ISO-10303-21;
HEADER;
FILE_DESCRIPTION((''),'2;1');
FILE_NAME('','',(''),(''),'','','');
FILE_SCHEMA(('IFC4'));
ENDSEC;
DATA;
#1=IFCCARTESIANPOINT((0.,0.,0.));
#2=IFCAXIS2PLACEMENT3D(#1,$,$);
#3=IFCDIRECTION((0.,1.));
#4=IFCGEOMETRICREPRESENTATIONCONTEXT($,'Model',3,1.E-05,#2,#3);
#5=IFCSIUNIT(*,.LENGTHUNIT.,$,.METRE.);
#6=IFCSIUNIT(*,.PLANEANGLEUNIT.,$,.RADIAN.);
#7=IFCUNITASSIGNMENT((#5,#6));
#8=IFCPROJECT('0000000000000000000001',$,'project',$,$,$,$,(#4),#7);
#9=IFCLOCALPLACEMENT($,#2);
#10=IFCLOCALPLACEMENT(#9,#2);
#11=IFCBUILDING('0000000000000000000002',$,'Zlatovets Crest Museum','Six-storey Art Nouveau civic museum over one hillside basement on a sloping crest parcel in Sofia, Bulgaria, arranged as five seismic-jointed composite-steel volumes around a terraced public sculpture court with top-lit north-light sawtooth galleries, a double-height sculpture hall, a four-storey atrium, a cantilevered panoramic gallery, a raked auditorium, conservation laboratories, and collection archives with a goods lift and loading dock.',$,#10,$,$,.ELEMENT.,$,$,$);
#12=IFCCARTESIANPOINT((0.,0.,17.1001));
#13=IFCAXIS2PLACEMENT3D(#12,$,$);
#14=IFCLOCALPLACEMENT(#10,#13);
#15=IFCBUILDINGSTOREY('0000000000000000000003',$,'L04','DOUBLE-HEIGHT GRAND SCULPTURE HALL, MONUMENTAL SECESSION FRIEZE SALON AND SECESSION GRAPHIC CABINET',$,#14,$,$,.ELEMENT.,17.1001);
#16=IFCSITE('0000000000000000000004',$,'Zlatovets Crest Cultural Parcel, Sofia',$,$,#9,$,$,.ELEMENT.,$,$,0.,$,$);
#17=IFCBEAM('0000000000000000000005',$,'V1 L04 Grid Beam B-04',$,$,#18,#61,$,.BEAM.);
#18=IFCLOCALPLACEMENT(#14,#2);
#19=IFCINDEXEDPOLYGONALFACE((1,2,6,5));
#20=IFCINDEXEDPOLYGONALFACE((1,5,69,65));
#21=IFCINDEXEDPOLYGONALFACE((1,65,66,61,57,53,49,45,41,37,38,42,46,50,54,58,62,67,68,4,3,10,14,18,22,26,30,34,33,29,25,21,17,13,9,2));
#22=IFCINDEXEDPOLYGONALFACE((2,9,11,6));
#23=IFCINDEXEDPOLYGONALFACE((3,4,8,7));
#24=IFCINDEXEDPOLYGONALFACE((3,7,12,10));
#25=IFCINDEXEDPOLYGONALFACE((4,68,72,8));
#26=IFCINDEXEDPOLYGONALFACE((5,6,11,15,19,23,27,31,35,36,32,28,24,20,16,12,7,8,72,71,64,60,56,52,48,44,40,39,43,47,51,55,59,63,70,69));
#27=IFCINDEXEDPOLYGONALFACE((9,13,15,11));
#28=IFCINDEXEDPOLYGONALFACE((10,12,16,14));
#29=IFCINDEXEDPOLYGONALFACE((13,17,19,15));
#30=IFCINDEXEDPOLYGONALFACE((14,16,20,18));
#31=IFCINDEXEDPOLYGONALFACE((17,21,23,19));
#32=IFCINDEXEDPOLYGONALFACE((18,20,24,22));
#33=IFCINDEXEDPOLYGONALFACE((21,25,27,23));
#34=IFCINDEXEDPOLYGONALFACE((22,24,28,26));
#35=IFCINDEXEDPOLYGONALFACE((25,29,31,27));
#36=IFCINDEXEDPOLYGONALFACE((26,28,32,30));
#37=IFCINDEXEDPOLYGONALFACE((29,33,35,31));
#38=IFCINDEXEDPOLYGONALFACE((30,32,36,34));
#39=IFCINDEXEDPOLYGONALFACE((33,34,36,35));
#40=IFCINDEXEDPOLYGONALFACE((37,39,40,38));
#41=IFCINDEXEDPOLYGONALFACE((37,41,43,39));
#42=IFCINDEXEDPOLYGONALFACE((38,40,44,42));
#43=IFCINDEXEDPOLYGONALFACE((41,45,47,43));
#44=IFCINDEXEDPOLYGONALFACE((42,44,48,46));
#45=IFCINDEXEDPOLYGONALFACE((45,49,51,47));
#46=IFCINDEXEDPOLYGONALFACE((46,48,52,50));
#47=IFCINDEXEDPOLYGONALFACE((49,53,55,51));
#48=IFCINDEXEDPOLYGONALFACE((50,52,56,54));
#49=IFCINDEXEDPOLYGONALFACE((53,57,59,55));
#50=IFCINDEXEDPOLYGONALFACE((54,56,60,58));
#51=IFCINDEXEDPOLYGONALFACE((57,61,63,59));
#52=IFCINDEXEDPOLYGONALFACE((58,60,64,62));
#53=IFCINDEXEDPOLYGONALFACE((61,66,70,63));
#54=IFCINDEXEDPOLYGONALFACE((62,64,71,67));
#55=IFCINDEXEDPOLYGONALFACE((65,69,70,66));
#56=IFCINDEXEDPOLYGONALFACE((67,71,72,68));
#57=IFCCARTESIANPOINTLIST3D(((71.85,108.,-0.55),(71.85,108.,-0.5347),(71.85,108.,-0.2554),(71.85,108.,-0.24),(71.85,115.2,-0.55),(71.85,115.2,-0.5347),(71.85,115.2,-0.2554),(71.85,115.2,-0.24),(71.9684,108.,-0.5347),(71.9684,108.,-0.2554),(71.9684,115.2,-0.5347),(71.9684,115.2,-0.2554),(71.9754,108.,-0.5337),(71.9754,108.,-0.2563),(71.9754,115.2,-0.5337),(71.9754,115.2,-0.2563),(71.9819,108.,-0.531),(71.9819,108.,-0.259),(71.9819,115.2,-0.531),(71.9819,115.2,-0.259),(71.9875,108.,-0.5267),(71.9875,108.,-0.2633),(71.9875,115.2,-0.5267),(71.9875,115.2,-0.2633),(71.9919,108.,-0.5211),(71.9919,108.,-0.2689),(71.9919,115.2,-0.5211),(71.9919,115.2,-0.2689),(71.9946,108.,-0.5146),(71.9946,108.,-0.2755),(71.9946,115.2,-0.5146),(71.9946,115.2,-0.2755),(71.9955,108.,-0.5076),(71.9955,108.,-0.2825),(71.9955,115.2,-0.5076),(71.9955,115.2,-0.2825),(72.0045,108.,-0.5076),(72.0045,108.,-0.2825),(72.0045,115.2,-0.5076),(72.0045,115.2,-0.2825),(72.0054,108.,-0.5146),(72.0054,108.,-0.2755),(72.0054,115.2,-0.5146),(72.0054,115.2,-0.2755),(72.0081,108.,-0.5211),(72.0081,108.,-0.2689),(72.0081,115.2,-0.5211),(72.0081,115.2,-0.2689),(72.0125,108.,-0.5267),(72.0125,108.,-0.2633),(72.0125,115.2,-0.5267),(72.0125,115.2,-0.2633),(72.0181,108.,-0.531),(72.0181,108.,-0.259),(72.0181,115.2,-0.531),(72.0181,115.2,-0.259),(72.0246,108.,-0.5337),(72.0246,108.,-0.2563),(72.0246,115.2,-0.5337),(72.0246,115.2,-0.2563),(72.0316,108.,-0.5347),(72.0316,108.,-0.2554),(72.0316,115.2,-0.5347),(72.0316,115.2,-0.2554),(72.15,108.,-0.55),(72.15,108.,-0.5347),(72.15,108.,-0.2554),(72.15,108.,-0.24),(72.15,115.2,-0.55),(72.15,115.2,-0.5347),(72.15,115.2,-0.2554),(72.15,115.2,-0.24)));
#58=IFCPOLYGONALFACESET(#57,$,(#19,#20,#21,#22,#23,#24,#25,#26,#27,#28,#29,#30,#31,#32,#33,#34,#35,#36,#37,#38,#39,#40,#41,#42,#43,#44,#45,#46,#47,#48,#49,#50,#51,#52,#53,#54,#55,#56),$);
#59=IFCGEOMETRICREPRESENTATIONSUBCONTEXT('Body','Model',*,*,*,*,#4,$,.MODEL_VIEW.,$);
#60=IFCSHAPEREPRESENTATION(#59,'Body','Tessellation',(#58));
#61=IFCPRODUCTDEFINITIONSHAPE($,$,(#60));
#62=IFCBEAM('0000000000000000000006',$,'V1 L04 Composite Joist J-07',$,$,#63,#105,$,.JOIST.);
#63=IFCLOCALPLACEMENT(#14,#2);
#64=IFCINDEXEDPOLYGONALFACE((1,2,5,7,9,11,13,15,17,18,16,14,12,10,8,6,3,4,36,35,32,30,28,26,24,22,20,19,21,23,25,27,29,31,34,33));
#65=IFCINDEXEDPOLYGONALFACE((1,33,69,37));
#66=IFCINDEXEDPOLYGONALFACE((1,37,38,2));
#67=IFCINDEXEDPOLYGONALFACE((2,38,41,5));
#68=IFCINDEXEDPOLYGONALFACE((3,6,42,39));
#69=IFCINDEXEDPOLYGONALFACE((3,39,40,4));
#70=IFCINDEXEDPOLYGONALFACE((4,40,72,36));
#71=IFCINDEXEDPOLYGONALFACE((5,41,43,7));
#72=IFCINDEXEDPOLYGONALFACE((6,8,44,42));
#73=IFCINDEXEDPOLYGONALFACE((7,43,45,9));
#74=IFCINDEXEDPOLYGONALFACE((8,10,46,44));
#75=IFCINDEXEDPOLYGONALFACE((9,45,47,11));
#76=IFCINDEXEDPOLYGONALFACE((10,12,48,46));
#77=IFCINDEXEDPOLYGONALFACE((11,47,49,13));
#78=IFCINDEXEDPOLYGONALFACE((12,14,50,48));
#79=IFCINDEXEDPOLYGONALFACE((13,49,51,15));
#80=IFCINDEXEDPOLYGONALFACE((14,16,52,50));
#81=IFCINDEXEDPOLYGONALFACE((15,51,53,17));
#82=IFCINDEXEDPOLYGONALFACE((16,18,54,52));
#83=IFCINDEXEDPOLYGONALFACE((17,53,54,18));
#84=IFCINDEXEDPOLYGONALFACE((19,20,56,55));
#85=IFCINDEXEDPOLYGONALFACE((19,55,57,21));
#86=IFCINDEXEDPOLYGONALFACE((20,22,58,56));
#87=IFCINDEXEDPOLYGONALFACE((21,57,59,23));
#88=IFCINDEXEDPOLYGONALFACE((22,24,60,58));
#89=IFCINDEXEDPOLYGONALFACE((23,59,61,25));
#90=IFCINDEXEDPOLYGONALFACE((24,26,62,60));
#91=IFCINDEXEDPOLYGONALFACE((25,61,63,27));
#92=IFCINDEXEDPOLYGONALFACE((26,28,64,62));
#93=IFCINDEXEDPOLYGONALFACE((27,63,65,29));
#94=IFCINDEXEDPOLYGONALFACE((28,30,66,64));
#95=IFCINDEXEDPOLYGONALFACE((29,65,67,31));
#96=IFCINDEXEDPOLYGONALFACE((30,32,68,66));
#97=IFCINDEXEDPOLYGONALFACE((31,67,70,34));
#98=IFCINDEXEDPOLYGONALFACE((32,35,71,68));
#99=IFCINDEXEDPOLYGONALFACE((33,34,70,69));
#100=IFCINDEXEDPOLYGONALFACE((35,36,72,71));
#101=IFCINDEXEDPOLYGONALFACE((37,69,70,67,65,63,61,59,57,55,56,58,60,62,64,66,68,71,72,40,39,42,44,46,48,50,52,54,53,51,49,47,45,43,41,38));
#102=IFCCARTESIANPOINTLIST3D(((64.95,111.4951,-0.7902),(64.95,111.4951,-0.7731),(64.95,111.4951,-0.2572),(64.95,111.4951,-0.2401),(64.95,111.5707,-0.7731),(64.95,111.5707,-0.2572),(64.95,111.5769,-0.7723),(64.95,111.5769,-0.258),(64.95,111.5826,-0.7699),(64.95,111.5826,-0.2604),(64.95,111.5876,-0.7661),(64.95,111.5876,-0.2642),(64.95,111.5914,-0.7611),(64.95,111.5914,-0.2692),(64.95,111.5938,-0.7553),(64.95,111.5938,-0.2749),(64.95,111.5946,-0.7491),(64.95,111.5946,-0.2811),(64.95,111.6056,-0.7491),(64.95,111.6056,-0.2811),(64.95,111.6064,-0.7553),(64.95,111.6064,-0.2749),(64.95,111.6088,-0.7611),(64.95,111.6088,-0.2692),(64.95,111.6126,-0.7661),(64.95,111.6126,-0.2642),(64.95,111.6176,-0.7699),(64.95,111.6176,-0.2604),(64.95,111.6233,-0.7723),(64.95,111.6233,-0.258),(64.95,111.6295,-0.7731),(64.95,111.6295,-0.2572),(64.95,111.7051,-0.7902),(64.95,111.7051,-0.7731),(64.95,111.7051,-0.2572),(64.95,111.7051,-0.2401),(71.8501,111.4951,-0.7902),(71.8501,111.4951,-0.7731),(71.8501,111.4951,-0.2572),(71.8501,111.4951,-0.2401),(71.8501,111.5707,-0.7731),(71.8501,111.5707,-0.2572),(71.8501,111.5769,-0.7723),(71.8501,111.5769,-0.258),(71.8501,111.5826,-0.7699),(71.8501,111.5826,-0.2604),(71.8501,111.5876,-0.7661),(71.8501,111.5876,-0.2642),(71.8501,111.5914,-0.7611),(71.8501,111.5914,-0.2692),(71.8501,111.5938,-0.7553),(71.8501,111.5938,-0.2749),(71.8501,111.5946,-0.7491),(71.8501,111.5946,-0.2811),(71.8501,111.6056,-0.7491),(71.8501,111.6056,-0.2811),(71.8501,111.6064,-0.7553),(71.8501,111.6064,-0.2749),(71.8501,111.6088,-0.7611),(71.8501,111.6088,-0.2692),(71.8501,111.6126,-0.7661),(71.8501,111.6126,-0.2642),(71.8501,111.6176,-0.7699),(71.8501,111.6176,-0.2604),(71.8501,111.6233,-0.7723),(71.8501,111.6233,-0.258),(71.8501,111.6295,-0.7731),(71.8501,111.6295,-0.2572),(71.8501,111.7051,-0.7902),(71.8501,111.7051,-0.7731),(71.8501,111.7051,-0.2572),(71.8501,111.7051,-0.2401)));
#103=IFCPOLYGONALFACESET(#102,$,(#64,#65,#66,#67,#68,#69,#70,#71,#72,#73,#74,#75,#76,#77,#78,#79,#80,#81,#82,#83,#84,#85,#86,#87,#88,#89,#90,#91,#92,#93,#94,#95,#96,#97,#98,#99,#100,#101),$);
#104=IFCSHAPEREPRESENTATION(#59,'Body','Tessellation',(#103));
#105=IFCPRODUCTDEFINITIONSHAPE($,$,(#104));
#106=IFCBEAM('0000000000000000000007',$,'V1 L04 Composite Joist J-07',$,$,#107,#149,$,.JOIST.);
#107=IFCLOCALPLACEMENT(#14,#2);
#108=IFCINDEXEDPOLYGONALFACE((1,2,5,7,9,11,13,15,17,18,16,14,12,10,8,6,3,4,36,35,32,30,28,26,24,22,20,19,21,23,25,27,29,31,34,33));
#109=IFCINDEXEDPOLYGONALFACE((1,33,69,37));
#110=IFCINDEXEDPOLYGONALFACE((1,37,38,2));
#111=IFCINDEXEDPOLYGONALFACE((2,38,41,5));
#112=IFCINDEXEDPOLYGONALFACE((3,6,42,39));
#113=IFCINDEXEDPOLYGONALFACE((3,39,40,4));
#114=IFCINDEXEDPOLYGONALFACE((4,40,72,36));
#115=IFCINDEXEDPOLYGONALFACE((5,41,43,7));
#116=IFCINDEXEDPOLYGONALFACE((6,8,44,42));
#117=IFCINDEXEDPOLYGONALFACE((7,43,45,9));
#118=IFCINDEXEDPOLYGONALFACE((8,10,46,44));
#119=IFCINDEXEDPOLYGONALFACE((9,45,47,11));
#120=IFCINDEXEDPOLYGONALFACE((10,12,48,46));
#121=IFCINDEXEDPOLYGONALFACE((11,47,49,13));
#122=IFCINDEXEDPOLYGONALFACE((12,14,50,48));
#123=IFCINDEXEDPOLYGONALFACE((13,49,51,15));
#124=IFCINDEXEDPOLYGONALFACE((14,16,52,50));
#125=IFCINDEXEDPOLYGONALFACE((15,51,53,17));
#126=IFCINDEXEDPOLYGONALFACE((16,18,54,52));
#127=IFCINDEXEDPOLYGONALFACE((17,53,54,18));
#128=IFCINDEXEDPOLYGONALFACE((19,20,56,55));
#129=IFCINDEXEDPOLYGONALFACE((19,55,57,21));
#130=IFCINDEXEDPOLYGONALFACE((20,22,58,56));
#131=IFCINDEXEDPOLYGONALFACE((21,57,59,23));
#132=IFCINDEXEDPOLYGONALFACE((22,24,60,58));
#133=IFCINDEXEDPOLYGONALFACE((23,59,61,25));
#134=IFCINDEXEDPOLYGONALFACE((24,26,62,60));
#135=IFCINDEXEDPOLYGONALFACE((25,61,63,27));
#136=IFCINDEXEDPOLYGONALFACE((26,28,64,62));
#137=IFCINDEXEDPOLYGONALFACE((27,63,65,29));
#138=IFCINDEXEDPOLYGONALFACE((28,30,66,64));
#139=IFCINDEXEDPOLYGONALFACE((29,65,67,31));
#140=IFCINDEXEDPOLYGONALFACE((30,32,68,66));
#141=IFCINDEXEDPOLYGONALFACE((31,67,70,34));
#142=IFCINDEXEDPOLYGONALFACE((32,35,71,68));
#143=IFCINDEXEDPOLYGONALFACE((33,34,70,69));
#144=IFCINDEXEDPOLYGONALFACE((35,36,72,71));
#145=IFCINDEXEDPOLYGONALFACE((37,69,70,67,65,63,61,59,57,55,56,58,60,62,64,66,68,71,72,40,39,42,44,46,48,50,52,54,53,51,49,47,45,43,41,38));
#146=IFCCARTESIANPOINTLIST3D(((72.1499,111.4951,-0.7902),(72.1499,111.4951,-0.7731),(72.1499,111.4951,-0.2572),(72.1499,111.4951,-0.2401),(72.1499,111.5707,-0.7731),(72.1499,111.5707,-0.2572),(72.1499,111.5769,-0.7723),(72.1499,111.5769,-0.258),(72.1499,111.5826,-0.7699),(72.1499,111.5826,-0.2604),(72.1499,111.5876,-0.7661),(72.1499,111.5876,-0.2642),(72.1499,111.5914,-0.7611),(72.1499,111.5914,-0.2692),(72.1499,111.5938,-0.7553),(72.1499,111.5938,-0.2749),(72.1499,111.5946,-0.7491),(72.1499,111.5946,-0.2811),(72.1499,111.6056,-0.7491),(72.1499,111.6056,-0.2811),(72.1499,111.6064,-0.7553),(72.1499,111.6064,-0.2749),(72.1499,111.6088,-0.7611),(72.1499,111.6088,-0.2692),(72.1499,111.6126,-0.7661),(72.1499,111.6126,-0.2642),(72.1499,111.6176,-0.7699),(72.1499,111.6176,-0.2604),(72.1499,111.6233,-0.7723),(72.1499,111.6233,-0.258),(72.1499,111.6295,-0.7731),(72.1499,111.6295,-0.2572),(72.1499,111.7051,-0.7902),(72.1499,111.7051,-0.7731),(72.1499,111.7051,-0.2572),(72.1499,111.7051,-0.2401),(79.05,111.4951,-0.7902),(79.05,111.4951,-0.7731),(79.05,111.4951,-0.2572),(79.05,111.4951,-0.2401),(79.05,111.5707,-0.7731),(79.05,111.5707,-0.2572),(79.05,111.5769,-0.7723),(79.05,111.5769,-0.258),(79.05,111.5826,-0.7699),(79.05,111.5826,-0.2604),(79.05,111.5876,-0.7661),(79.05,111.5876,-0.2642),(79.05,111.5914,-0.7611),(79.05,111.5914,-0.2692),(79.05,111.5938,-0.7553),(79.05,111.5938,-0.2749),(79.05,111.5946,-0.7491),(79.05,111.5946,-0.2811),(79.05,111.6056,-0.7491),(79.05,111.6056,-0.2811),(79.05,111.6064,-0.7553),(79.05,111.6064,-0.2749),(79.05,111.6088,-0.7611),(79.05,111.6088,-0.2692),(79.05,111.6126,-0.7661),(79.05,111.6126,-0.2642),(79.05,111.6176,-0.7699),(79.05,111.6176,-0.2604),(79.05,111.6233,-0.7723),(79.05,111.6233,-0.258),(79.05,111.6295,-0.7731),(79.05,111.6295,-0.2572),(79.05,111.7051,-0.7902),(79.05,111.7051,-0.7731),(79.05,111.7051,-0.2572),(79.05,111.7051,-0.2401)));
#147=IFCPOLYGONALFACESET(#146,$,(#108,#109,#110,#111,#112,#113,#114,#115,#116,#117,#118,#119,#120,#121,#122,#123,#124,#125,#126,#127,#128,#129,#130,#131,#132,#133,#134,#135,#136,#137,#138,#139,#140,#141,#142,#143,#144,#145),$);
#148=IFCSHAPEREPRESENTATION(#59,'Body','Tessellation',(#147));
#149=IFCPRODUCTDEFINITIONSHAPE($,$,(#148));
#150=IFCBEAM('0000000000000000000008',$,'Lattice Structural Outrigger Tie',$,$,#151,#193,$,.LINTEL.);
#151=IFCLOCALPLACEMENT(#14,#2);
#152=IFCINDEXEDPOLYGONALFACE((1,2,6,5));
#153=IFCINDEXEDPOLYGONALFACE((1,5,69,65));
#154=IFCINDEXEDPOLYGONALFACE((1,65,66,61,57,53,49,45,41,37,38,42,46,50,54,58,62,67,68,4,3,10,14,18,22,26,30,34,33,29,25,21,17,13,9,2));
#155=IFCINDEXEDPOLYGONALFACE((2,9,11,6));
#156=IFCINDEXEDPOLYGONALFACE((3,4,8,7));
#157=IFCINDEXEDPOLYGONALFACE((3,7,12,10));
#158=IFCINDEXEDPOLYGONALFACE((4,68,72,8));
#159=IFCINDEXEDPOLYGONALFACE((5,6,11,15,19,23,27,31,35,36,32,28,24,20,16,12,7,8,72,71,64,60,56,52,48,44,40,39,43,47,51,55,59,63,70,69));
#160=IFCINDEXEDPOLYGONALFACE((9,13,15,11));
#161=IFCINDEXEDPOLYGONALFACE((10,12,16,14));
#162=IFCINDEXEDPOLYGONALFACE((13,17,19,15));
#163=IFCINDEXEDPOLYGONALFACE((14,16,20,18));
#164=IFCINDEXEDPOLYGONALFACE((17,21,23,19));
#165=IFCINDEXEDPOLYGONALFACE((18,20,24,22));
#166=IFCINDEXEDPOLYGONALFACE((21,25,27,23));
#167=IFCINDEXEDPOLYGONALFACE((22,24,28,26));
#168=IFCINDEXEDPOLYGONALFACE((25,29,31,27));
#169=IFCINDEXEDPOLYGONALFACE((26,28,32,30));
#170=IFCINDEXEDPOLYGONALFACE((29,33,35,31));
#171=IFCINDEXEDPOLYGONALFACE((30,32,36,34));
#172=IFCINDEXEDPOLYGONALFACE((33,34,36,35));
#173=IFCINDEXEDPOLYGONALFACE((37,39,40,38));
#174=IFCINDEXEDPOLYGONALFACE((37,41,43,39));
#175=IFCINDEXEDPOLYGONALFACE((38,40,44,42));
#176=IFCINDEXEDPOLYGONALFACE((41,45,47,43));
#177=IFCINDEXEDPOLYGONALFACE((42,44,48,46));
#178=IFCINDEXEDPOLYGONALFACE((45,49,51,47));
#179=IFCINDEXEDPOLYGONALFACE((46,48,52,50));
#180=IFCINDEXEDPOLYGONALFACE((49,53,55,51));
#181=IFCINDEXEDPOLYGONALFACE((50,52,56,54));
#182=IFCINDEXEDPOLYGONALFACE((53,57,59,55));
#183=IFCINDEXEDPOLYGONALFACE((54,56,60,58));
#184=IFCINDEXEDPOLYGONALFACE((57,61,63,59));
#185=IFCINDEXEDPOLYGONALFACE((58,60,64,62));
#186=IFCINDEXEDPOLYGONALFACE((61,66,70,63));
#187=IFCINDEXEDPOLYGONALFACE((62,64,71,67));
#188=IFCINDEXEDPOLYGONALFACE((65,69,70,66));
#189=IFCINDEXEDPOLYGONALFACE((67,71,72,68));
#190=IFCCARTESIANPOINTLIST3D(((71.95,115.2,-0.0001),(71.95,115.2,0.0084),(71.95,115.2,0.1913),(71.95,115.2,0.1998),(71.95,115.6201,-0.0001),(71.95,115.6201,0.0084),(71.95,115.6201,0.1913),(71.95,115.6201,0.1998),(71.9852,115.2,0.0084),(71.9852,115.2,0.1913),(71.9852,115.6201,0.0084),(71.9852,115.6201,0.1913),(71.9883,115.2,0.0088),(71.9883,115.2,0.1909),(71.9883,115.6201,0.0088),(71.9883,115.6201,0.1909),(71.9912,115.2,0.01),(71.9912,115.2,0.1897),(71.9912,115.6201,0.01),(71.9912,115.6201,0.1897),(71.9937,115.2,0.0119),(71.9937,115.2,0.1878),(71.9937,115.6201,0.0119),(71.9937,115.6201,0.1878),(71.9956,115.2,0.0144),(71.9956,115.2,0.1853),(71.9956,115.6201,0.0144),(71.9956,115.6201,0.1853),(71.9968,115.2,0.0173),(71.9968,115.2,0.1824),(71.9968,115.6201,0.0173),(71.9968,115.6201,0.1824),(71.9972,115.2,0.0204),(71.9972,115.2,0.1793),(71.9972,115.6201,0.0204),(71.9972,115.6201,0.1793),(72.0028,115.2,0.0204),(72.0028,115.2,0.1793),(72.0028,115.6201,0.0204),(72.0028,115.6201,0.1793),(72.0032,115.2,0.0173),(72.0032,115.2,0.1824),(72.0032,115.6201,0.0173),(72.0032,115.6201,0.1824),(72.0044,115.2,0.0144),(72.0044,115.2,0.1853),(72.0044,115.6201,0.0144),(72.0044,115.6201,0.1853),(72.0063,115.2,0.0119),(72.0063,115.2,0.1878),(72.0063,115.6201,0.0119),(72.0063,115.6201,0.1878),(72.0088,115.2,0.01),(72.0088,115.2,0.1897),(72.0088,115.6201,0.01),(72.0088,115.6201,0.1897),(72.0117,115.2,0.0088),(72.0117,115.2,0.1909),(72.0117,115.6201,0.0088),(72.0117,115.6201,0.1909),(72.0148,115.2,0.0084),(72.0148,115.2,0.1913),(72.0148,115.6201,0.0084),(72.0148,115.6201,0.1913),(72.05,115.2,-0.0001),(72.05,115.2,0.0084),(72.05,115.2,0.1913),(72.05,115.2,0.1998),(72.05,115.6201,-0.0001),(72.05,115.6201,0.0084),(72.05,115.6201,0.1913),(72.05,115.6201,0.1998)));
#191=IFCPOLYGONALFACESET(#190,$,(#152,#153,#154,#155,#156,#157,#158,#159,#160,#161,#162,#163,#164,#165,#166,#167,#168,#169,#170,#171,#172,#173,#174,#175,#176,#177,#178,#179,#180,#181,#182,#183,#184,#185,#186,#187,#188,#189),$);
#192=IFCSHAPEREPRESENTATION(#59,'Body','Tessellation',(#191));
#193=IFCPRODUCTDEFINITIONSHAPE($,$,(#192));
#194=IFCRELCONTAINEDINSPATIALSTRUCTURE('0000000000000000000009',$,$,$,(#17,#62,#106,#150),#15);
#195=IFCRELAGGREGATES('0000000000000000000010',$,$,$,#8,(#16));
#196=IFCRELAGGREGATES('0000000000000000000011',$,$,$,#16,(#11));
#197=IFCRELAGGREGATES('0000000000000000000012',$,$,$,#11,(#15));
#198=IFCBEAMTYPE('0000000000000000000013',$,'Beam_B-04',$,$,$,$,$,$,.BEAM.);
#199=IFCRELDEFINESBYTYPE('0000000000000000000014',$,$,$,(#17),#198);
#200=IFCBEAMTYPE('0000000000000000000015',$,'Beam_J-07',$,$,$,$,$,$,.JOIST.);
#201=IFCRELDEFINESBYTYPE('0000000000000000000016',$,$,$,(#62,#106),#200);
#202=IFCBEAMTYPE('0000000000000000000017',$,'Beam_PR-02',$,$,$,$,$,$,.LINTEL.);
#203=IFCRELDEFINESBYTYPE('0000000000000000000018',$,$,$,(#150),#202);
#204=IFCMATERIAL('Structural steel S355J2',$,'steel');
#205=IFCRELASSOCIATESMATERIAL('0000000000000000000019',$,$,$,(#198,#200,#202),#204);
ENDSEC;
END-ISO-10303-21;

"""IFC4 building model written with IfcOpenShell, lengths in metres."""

from ifc_helpers import new_model, si_unit, direction, frame, origin, origin_2d, place, context, subcontext, project, spatial, i_section, extrude, material, material_profile, profile_set, type_object, element, save


model = new_model("IFC4")

# Units and contexts
model_context = context("Model", 3, precision=1e-05, world=origin(), true_north=direction((0.0, 1.0)))
body_context = subcontext(model_context, "Body", "Model", "MODEL_VIEW")
ifc_project = project(units=[si_unit("LENGTHUNIT", "METRE"), si_unit("PLANEANGLEUNIT", "RADIAN")], contexts=[model_context])

# Site, building, storey
site_placement = place(None, origin())
site = spatial("IfcSite", under=ifc_project, at=site_placement, Name="Zlatovets Crest Cultural Parcel, Sofia", CompositionType="ELEMENT", RefElevation=0.0)
building_placement = place(site_placement, origin())
building = spatial("IfcBuilding", under=site, at=building_placement, Name="Zlatovets Crest Museum", Description="Six-storey Art Nouveau civic museum over one hillside basement on a sloping crest parcel in Sofia, Bulgaria, arranged as five seismic-jointed composite-steel volumes around a terraced public sculpture court with top-lit north-light sawtooth galleries, a double-height sculpture hall, a four-storey atrium, a cantilevered panoramic gallery, a raked auditorium, conservation laboratories, and collection archives with a goods lift and loading dock.", CompositionType="ELEMENT")
storey_placement = place(building_placement, frame((0.0, 0.0, 17.1001)))
storey = spatial("IfcBuildingStorey", under=building, at=storey_placement, Name="L04", Description="DOUBLE-HEIGHT GRAND SCULPTURE HALL, MONUMENTAL SECESSION FRIEZE SALON AND SECESSION GRAPHIC CABINET", CompositionType="ELEMENT", Elevation=17.1001)

# Shared definitions
ifc_material_1 = material(Name="Structural steel S355J2", Category="steel")

# Beams
ifc_material_profile_1 = material_profile(ifc_material_1, i_section(OverallWidth=0.3, OverallDepth=0.3101, WebThickness=0.009, FlangeThickness=0.0154, FilletRadius=0.0271, at=origin_2d()), Name="HEA 320")
ifc_profile_set_1 = profile_set([ifc_material_profile_1], Name="Structural steel S355J2")
beam_type_1 = type_object("IfcBeamType", Name="Beam_B-04", PredefinedType="BEAM", material=ifc_profile_set_1)
beam_placement = place(storey_placement, frame((72.0, 108.0, -0.395), z_axis=(0.0, 1.0, 0.0), x_axis=(-1.0, 0.0, 0.0)))
element("IfcBeam", 1, at=beam_placement, inside=storey, type_object=beam_type_1, Name="V1 L04 Grid Beam B-04", PredefinedType="BEAM", context=body_context, shape_type="SweptSolid", body=[
    extrude(i_section(OverallWidth=0.3, OverallDepth=0.3101, WebThickness=0.009, FlangeThickness=0.0154, FilletRadius=0.0271, at=origin_2d()), origin(), (0.0, 0.0, 1.0), 7.2),
])
ifc_material_profile_2 = material_profile(ifc_material_1, i_section(OverallWidth=0.21, OverallDepth=0.55, WebThickness=0.011, FlangeThickness=0.0171, FilletRadius=0.0239, at=origin_2d()), Name="IPE 550")
ifc_profile_set_2 = profile_set([ifc_material_profile_2], Name="Structural steel S355J2")
beam_type_2 = type_object("IfcBeamType", Name="Beam_J-07", PredefinedType="JOIST", material=ifc_profile_set_2)
for number, where, z_axis, x_axis, name in (
    (2, (64.95, 111.6001, -0.5151), (1.0, 0.0, 0.0), (0.0, 1.0, 0.0), "V1 L04 Composite Joist J-07"),
    (3, (72.1499, 111.6001, -0.5151), (1.0, 0.0, 0.0), (0.0, 1.0, 0.0), "V1 L04 Composite Joist J-07"),
):
    element("IfcBeam", number, at=place(storey_placement, frame(where, z_axis=z_axis, x_axis=x_axis)), inside=storey, type_object=beam_type_2, Name=name, PredefinedType="JOIST", context=body_context, shape_type="SweptSolid", body=[
        extrude(i_section(OverallWidth=0.21, OverallDepth=0.55, WebThickness=0.011, FlangeThickness=0.0171, FilletRadius=0.0239, at=origin_2d()), origin(), (0.0, 0.0, 1.0), 6.9001),
    ])
ifc_material_profile_3 = material_profile(ifc_material_1, i_section(OverallWidth=0.1001, OverallDepth=0.2, WebThickness=0.0056, FlangeThickness=0.0085, FilletRadius=0.012, at=origin_2d()), Name="IPE 200")
ifc_profile_set_3 = profile_set([ifc_material_profile_3], Name="Structural steel S355J2")
beam_type_3 = type_object("IfcBeamType", Name="Beam_PR-02", PredefinedType="LINTEL", material=ifc_profile_set_3)
for number, where, z_axis, x_axis, name in (
    (4, (72.0, 115.2, 0.0999), (0.0, 1.0, 0.0), (-1.0, 0.0, 0.0), "Lattice Structural Outrigger Tie"),
):
    element("IfcBeam", number, at=place(storey_placement, frame(where, z_axis=z_axis, x_axis=x_axis)), inside=storey, type_object=beam_type_3, Name=name, PredefinedType="LINTEL", context=body_context, shape_type="SweptSolid", body=[
        extrude(i_section(OverallWidth=0.1001, OverallDepth=0.2, WebThickness=0.0056, FlangeThickness=0.0085, FilletRadius=0.012, at=origin_2d()), origin(), (0.0, 0.0, 1.0), 0.4202),
    ])

save(model, "model.ifc")
